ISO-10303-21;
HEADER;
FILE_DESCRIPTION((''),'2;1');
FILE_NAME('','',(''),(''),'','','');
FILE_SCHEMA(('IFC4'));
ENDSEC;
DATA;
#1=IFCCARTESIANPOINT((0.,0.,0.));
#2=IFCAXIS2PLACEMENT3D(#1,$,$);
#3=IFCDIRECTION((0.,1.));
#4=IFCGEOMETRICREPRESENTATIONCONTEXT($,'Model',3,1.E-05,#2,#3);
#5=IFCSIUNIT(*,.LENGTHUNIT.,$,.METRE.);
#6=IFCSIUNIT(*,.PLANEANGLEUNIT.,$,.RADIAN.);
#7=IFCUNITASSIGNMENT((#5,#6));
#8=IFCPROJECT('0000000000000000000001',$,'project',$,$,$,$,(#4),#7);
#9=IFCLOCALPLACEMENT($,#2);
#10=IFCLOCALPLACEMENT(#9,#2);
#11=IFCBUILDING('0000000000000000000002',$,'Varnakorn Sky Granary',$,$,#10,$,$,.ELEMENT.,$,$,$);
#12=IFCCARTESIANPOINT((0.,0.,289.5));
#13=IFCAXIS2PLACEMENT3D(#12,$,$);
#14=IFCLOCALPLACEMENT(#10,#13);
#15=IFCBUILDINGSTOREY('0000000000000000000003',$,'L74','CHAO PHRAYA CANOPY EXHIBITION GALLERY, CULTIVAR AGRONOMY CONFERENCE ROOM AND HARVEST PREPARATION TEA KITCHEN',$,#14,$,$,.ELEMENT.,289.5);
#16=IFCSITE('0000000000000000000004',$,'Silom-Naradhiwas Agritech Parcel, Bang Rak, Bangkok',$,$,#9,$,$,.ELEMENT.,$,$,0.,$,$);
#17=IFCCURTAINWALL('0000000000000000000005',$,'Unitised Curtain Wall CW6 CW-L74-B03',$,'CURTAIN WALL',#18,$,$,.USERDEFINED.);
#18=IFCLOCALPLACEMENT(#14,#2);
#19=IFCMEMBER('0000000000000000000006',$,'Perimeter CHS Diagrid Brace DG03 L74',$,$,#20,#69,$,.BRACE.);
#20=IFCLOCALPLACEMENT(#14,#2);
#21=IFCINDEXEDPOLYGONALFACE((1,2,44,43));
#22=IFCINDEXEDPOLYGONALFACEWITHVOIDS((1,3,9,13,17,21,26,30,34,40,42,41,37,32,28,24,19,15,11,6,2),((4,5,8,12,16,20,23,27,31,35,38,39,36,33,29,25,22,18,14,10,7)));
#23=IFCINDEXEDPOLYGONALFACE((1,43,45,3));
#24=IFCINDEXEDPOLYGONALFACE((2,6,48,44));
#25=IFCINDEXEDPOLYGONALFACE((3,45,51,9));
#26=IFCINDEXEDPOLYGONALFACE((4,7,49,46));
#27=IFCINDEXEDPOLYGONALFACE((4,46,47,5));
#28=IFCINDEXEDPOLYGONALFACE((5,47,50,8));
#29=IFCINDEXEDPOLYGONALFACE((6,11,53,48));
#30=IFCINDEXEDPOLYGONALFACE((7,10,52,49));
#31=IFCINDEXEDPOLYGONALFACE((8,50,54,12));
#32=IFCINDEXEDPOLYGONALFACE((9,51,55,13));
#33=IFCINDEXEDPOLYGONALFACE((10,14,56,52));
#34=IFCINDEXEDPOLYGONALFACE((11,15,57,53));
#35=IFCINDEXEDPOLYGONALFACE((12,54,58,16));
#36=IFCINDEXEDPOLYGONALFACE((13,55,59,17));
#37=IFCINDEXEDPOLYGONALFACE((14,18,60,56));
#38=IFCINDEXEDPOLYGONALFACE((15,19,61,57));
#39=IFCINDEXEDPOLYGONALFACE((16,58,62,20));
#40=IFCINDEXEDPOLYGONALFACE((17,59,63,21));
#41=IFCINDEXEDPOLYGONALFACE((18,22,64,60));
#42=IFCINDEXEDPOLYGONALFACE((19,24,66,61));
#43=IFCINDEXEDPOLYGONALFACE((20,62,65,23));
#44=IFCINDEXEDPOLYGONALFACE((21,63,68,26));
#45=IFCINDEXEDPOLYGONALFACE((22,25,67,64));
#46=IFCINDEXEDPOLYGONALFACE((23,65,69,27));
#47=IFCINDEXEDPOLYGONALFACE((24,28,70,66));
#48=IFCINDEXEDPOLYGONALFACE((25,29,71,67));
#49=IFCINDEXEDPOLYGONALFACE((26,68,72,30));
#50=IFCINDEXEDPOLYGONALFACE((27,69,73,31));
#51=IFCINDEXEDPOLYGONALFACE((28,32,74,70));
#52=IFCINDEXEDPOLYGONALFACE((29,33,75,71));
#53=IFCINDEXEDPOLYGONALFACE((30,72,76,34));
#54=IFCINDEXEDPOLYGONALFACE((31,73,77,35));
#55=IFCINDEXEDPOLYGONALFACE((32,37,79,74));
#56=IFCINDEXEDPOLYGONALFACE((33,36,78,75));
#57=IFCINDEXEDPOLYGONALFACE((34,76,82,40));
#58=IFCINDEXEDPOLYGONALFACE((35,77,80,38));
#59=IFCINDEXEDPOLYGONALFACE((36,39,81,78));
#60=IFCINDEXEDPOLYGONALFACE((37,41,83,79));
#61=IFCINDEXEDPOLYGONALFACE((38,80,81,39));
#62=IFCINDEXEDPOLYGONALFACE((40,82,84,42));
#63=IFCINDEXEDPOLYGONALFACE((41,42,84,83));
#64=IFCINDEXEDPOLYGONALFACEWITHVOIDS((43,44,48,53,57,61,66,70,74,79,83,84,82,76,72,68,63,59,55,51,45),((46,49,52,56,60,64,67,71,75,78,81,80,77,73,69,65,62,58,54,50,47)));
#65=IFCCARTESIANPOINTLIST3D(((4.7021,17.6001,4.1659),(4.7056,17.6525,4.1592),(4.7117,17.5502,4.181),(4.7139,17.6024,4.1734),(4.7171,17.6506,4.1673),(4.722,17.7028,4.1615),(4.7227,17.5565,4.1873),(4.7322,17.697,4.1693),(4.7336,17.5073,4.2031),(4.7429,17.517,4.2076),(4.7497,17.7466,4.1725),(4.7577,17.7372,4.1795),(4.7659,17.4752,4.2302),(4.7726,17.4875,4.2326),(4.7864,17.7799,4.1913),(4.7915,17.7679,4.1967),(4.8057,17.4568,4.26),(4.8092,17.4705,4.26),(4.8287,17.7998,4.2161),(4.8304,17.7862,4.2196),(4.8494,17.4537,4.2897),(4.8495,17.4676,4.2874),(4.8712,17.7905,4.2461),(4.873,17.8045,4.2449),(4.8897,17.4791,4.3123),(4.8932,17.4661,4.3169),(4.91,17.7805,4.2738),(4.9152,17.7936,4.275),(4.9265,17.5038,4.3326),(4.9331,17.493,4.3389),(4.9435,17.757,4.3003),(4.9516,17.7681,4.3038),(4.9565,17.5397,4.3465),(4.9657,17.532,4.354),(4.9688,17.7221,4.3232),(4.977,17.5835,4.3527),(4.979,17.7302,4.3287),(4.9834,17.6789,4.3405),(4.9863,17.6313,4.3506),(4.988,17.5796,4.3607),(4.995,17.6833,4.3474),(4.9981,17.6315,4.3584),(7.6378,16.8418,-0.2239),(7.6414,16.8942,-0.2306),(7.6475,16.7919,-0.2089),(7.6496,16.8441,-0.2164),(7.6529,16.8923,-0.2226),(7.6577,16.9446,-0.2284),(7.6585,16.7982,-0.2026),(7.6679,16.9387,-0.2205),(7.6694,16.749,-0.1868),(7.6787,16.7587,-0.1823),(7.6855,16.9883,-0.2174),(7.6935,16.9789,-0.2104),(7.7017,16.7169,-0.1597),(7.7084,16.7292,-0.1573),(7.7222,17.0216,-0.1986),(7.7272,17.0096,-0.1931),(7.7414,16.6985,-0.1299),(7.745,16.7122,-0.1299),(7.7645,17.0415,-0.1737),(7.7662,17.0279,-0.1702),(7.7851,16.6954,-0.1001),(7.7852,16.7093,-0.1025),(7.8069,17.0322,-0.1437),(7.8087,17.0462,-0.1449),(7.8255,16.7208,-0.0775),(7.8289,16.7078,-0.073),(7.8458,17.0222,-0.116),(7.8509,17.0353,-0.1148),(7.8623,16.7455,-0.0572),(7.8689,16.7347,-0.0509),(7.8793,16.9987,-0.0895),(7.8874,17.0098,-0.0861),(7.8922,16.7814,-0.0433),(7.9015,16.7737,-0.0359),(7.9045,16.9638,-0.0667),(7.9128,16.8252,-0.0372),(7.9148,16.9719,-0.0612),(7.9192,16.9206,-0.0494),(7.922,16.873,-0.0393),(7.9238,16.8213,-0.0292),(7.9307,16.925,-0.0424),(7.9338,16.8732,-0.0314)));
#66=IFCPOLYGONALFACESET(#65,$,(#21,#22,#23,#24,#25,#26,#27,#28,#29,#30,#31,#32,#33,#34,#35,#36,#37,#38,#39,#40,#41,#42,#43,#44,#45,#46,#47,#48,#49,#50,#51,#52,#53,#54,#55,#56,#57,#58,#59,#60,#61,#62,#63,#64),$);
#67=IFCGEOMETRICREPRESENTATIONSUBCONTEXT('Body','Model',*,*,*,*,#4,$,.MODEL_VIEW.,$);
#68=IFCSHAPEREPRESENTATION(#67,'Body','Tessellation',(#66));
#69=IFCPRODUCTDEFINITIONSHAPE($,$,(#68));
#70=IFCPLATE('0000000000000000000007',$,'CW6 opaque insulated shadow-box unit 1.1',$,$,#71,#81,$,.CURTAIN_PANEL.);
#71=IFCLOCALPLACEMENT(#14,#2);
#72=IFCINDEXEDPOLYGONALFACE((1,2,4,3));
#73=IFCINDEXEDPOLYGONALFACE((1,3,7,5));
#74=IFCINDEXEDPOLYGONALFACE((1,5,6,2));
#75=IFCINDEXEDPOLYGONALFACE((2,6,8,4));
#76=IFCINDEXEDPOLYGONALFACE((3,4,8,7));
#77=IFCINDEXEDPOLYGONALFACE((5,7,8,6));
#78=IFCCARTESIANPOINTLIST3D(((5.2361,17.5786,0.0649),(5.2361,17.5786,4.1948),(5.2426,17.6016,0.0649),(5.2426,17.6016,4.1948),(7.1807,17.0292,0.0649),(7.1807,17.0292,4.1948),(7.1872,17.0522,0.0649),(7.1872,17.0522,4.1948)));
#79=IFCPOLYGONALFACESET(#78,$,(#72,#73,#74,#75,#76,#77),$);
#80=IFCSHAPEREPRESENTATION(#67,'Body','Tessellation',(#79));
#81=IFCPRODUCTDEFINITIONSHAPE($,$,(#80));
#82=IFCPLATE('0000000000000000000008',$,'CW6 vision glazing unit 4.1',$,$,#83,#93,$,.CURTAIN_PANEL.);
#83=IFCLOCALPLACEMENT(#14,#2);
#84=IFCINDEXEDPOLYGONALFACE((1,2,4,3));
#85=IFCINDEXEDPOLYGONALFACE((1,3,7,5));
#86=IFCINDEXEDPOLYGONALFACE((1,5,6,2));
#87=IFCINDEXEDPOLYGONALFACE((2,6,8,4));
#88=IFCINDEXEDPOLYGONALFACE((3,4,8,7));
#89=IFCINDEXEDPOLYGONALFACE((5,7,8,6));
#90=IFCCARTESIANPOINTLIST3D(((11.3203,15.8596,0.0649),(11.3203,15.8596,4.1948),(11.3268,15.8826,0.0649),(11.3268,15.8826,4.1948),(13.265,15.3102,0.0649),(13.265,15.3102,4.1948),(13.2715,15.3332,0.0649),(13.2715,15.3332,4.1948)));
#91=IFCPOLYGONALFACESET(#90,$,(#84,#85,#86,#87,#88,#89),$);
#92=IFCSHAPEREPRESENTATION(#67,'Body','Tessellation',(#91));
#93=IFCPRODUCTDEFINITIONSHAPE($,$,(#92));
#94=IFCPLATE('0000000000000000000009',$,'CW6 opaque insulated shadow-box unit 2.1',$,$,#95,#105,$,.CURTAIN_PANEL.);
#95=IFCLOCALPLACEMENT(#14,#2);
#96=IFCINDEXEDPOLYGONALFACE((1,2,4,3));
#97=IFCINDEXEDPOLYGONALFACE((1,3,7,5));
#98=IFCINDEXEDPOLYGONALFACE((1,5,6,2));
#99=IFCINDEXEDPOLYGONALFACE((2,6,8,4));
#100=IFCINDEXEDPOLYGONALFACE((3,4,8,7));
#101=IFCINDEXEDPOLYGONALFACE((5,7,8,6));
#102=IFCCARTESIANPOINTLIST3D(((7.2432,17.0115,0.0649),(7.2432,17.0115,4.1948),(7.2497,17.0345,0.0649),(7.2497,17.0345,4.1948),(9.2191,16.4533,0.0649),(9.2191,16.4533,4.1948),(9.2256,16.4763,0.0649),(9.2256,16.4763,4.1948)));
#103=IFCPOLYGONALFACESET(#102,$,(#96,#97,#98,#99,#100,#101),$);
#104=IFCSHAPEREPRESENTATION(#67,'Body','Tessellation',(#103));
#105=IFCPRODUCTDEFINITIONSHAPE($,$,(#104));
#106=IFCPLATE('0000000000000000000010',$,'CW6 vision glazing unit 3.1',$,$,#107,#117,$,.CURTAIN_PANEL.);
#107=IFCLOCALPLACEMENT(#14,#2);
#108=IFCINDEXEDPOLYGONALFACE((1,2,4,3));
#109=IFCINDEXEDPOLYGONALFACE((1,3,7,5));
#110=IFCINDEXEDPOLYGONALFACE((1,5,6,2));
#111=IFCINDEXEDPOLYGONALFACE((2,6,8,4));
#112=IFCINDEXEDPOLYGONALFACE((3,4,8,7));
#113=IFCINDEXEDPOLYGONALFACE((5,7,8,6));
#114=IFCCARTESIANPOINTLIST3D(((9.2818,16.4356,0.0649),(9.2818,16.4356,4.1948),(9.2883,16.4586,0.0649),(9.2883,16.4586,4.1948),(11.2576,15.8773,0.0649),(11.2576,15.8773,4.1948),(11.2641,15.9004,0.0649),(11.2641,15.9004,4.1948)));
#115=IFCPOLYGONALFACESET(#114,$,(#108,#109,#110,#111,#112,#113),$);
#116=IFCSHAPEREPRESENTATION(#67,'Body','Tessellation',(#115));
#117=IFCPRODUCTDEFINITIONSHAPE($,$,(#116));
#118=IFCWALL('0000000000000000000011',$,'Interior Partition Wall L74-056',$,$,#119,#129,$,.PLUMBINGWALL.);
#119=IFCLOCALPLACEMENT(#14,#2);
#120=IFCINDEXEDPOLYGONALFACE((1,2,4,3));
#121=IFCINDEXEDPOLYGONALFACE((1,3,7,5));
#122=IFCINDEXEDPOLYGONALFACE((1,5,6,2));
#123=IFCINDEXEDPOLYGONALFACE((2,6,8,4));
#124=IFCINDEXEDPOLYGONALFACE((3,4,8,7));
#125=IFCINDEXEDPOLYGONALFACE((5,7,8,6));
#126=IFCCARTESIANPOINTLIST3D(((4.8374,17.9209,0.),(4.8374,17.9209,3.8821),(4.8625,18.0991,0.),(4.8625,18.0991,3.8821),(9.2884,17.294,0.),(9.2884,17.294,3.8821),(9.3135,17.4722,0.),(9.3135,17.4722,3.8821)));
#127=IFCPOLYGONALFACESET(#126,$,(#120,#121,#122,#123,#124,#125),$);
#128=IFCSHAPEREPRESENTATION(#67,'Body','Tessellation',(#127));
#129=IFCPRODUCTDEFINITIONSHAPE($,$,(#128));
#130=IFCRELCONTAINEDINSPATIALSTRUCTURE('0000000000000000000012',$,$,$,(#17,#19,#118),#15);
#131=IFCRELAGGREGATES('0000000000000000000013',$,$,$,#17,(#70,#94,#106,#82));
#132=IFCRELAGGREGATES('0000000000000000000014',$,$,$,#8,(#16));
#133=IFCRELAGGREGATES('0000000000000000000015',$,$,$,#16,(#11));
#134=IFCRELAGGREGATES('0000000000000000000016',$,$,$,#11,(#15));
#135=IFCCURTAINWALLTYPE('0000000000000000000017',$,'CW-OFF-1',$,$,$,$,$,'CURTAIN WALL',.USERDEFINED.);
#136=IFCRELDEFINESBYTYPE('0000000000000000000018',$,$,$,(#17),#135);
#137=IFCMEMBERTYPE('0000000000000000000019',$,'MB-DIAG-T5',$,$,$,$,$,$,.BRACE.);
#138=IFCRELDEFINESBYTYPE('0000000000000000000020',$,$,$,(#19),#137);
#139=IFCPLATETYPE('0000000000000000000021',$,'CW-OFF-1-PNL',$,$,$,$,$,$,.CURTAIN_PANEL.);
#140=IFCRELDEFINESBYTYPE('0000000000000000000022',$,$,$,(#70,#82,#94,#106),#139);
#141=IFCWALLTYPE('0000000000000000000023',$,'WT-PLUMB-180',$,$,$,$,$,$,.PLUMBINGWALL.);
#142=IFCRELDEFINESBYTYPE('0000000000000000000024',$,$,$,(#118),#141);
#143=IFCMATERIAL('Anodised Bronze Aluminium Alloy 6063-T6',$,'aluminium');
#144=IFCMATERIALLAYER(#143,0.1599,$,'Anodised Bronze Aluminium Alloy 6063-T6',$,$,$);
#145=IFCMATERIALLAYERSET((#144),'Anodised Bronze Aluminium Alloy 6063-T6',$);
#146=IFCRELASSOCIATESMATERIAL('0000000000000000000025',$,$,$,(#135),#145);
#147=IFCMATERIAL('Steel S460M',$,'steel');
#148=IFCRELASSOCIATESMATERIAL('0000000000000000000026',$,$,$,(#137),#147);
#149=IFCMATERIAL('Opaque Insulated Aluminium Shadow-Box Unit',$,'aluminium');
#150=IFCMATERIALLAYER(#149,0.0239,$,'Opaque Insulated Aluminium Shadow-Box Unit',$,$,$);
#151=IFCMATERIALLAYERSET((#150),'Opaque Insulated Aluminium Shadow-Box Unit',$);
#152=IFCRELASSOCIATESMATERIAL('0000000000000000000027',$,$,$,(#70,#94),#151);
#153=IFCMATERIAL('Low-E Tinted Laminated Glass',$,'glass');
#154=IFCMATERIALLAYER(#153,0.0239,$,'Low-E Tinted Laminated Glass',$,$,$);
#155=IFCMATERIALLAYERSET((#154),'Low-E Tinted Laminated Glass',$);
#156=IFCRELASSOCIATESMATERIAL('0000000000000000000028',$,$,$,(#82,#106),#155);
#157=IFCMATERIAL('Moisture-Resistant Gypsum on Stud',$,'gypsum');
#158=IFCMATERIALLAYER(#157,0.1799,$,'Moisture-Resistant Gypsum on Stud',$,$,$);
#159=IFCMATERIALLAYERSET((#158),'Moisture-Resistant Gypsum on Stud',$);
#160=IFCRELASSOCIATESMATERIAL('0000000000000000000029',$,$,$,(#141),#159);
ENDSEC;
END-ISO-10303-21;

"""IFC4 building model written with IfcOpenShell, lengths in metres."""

from ifc_helpers import new_model, si_unit, direction, frame, frame_2d, origin, origin_2d, place, context, subcontext, project, spatial, rectangle, hollow_circle, extrude, source, transform, mapped, material, layer, layer_set, material_profile, profile_set, type_object, type_shapes, element, aggregate, save


model = new_model("IFC4")

# Units and contexts
model_context = context("Model", 3, precision=1e-05, world=origin(), true_north=direction((0.0, 1.0)))
body_context = subcontext(model_context, "Body", "Model", "MODEL_VIEW")
ifc_project = project(units=[si_unit("LENGTHUNIT", "METRE"), si_unit("PLANEANGLEUNIT", "RADIAN")], contexts=[model_context])

# Site, building, storey
site_placement = place(None, origin())
site = spatial("IfcSite", under=ifc_project, at=site_placement, Name="Silom-Naradhiwas Agritech Parcel, Bang Rak, Bangkok", CompositionType="ELEMENT", RefElevation=0.0)
building_placement = place(site_placement, origin())
building = spatial("IfcBuilding", under=site, at=building_placement, Name="Varnakorn Sky Granary", CompositionType="ELEMENT")
storey_placement = place(building_placement, frame((0.0, 0.0, 289.5)))
storey = spatial("IfcBuildingStorey", under=building, at=storey_placement, Name="L74", Description="CHAO PHRAYA CANOPY EXHIBITION GALLERY, CULTIVAR AGRONOMY CONFERENCE ROOM AND HARVEST PREPARATION TEA KITCHEN", CompositionType="ELEMENT", Elevation=289.5)

# Shared definitions
ifc_material_1 = material(Name="Steel S460M", Category="steel")

# Shared definitions
ifc_material_2 = material(Name="Anodised Bronze Aluminium Alloy 6063-T6", Category="aluminium")
ifc_layer_1 = layer(ifc_material_2, 0.1599, Name="Anodised Bronze Aluminium Alloy 6063-T6")
ifc_layer_set_1 = layer_set([ifc_layer_1], Name="Anodised Bronze Aluminium Alloy 6063-T6")
curtain_wall_type = type_object("IfcCurtainWallType", Name="CW-OFF-1", ElementType="CURTAIN WALL", PredefinedType="USERDEFINED", material=ifc_layer_set_1)

# Curtain wall
curtain_wall_1_placement = place(storey_placement, origin())
curtain_wall_1 = element("IfcCurtainWall", 1, at=curtain_wall_1_placement, inside=storey, type_object=curtain_wall_type, Name="Unitised Curtain Wall CW6 CW-L74-B03", ObjectType="CURTAIN WALL", PredefinedType="USERDEFINED")

# Member
ifc_material_profile_1 = material_profile(ifc_material_1, hollow_circle(Radius=0.1777, WallThickness=0.0142, at=origin_2d()), Name="CHS 355.6x14")
ifc_profile_set_1 = profile_set([ifc_material_profile_1], Name="Steel S460M")
member_type_1 = type_object("IfcMemberType", Name="MB-DIAG-T5", PredefinedType="BRACE", material=ifc_profile_set_1)
member_1_placement = place(storey_placement, frame((7.7859, 16.8706, -0.1299), z_axis=(-0.550262, 0.14213, 0.822807), x_axis=(-0.250087, -0.968223, 0.0)))
element("IfcMember", 2, at=member_1_placement, inside=storey, type_object=member_type_1, Name="Perimeter CHS Diagrid Brace DG03 L74", PredefinedType="BRACE", context=body_context, shape_type="SweptSolid", body=[
    extrude(hollow_circle(Radius=0.1777, WallThickness=0.0142, at=origin_2d()), origin(), (0.0, 0.0, 1.0), 5.3352),
])

# Plates
ifc_material_3 = material(Name="Opaque Insulated Aluminium Shadow-Box Unit", Category="aluminium")
ifc_layer_2 = layer(ifc_material_3, 0.0239, Name="Opaque Insulated Aluminium Shadow-Box Unit")
ifc_layer_set_2 = layer_set([ifc_layer_2], Name="Opaque Insulated Aluminium Shadow-Box Unit")
plate_type = type_object("IfcPlateType", Name="CW-OFF-1-PNL", PredefinedType="CURTAIN_PANEL")
shared_shape_1 = source(origin(), body_context, "Body", "SweptSolid", [
    extrude(rectangle(XDim=2.0208, YDim=0.0239, at=origin_2d()), origin(), (0.0, 0.0, 1.0), 4.1299),
])
plate_1_placement = place(storey_placement, frame((6.2117, 17.3154, 0.0649), z_axis=(0.0, 0.0, 1.0), x_axis=(0.962332, -0.271878, 0.0)))
plate_1 = element("IfcPlate", 3, at=plate_1_placement, type_object=plate_type, material=ifc_layer_set_2, Name="CW6 opaque insulated shadow-box unit 1.1", PredefinedType="CURTAIN_PANEL", context=body_context, shape_type="MappedRepresentation", body=[
    mapped(shared_shape_1, transform((0.0, 0.0, 0.0), x_axis=(1.0, 0.0, 0.0), y_axis=(0.0, 1.0, 0.0), z_axis=(0.0, 0.0, 1.0), scale=1.0)),
])
ifc_material_4 = material(Name="Low-E Tinted Laminated Glass", Category="glass")
ifc_layer_3 = layer(ifc_material_4, 0.0239, Name="Low-E Tinted Laminated Glass")
ifc_layer_set_3 = layer_set([ifc_layer_3], Name="Low-E Tinted Laminated Glass")
plate_2_placement = place(storey_placement, frame((12.2959, 15.5964, 0.0649), z_axis=(0.0, 0.0, 1.0), x_axis=(0.962332, -0.271878, 0.0)))
plate_2 = element("IfcPlate", 4, at=plate_2_placement, type_object=plate_type, material=ifc_layer_set_3, Name="CW6 vision glazing unit 4.1", PredefinedType="CURTAIN_PANEL", context=body_context, shape_type="MappedRepresentation", body=[
    mapped(shared_shape_1, transform((0.0, 0.0, 0.0), x_axis=(1.0, 0.0, 0.0), y_axis=(0.0, 1.0, 0.0), z_axis=(0.0, 0.0, 1.0), scale=1.0)),
])
shared_shape_2 = source(origin(), body_context, "Body", "SweptSolid", [
    extrude(rectangle(XDim=2.0532, YDim=0.0239, at=origin_2d()), origin(), (0.0, 0.0, 1.0), 4.1299),
])
type_shapes(plate_type, [shared_shape_1, shared_shape_2])
plate_3_placement = place(storey_placement, frame((8.2344, 16.7439, 0.0649), z_axis=(0.0, 0.0, 1.0), x_axis=(0.962332, -0.271878, 0.0)))
plate_3 = element("IfcPlate", 5, at=plate_3_placement, type_object=plate_type, material=ifc_layer_set_2, Name="CW6 opaque insulated shadow-box unit 2.1", PredefinedType="CURTAIN_PANEL", context=body_context, shape_type="MappedRepresentation", body=[
    mapped(shared_shape_2, transform((0.0, 0.0, 0.0), x_axis=(1.0, 0.0, 0.0), y_axis=(0.0, 1.0, 0.0), z_axis=(0.0, 0.0, 1.0), scale=1.0)),
])
plate_4_placement = place(storey_placement, frame((10.2729, 16.168, 0.0649), z_axis=(0.0, 0.0, 1.0), x_axis=(0.962332, -0.271878, 0.0)))
plate_4 = element("IfcPlate", 6, at=plate_4_placement, type_object=plate_type, material=ifc_layer_set_3, Name="CW6 vision glazing unit 3.1", PredefinedType="CURTAIN_PANEL", context=body_context, shape_type="MappedRepresentation", body=[
    mapped(shared_shape_2, transform((0.0, 0.0, 0.0), x_axis=(1.0, 0.0, 0.0), y_axis=(0.0, 1.0, 0.0), z_axis=(0.0, 0.0, 1.0), scale=1.0)),
])
aggregate(curtain_wall_1, [plate_1, plate_3, plate_4, plate_2])

# Wall
ifc_material_5 = material(Name="Moisture-Resistant Gypsum on Stud", Category="gypsum")
ifc_layer_4 = layer(ifc_material_5, 0.1799, Name="Moisture-Resistant Gypsum on Stud")
ifc_layer_set_4 = layer_set([ifc_layer_4], Name="Moisture-Resistant Gypsum on Stud")
wall_type = type_object("IfcWallType", Name="WT-PLUMB-180", PredefinedType="PLUMBINGWALL", material=ifc_layer_set_4)
wall_placement = place(storey_placement, frame((9.301, 17.3831, 0.0), z_axis=(0.0, 0.0, 1.0), x_axis=(-0.990225, 0.139482, 0.0)))
element("IfcWall", 7, at=wall_placement, inside=storey, type_object=wall_type, Name="Interior Partition Wall L74-056", PredefinedType="PLUMBINGWALL", context=body_context, shape_type="SweptSolid", body=[
    extrude(rectangle(XDim=4.4949, YDim=0.1799, at=frame_2d((2.2476, 0.0))), origin(), (0.0, 0.0, 1.0), 3.8821),
])

save(model, "model.ifc")
